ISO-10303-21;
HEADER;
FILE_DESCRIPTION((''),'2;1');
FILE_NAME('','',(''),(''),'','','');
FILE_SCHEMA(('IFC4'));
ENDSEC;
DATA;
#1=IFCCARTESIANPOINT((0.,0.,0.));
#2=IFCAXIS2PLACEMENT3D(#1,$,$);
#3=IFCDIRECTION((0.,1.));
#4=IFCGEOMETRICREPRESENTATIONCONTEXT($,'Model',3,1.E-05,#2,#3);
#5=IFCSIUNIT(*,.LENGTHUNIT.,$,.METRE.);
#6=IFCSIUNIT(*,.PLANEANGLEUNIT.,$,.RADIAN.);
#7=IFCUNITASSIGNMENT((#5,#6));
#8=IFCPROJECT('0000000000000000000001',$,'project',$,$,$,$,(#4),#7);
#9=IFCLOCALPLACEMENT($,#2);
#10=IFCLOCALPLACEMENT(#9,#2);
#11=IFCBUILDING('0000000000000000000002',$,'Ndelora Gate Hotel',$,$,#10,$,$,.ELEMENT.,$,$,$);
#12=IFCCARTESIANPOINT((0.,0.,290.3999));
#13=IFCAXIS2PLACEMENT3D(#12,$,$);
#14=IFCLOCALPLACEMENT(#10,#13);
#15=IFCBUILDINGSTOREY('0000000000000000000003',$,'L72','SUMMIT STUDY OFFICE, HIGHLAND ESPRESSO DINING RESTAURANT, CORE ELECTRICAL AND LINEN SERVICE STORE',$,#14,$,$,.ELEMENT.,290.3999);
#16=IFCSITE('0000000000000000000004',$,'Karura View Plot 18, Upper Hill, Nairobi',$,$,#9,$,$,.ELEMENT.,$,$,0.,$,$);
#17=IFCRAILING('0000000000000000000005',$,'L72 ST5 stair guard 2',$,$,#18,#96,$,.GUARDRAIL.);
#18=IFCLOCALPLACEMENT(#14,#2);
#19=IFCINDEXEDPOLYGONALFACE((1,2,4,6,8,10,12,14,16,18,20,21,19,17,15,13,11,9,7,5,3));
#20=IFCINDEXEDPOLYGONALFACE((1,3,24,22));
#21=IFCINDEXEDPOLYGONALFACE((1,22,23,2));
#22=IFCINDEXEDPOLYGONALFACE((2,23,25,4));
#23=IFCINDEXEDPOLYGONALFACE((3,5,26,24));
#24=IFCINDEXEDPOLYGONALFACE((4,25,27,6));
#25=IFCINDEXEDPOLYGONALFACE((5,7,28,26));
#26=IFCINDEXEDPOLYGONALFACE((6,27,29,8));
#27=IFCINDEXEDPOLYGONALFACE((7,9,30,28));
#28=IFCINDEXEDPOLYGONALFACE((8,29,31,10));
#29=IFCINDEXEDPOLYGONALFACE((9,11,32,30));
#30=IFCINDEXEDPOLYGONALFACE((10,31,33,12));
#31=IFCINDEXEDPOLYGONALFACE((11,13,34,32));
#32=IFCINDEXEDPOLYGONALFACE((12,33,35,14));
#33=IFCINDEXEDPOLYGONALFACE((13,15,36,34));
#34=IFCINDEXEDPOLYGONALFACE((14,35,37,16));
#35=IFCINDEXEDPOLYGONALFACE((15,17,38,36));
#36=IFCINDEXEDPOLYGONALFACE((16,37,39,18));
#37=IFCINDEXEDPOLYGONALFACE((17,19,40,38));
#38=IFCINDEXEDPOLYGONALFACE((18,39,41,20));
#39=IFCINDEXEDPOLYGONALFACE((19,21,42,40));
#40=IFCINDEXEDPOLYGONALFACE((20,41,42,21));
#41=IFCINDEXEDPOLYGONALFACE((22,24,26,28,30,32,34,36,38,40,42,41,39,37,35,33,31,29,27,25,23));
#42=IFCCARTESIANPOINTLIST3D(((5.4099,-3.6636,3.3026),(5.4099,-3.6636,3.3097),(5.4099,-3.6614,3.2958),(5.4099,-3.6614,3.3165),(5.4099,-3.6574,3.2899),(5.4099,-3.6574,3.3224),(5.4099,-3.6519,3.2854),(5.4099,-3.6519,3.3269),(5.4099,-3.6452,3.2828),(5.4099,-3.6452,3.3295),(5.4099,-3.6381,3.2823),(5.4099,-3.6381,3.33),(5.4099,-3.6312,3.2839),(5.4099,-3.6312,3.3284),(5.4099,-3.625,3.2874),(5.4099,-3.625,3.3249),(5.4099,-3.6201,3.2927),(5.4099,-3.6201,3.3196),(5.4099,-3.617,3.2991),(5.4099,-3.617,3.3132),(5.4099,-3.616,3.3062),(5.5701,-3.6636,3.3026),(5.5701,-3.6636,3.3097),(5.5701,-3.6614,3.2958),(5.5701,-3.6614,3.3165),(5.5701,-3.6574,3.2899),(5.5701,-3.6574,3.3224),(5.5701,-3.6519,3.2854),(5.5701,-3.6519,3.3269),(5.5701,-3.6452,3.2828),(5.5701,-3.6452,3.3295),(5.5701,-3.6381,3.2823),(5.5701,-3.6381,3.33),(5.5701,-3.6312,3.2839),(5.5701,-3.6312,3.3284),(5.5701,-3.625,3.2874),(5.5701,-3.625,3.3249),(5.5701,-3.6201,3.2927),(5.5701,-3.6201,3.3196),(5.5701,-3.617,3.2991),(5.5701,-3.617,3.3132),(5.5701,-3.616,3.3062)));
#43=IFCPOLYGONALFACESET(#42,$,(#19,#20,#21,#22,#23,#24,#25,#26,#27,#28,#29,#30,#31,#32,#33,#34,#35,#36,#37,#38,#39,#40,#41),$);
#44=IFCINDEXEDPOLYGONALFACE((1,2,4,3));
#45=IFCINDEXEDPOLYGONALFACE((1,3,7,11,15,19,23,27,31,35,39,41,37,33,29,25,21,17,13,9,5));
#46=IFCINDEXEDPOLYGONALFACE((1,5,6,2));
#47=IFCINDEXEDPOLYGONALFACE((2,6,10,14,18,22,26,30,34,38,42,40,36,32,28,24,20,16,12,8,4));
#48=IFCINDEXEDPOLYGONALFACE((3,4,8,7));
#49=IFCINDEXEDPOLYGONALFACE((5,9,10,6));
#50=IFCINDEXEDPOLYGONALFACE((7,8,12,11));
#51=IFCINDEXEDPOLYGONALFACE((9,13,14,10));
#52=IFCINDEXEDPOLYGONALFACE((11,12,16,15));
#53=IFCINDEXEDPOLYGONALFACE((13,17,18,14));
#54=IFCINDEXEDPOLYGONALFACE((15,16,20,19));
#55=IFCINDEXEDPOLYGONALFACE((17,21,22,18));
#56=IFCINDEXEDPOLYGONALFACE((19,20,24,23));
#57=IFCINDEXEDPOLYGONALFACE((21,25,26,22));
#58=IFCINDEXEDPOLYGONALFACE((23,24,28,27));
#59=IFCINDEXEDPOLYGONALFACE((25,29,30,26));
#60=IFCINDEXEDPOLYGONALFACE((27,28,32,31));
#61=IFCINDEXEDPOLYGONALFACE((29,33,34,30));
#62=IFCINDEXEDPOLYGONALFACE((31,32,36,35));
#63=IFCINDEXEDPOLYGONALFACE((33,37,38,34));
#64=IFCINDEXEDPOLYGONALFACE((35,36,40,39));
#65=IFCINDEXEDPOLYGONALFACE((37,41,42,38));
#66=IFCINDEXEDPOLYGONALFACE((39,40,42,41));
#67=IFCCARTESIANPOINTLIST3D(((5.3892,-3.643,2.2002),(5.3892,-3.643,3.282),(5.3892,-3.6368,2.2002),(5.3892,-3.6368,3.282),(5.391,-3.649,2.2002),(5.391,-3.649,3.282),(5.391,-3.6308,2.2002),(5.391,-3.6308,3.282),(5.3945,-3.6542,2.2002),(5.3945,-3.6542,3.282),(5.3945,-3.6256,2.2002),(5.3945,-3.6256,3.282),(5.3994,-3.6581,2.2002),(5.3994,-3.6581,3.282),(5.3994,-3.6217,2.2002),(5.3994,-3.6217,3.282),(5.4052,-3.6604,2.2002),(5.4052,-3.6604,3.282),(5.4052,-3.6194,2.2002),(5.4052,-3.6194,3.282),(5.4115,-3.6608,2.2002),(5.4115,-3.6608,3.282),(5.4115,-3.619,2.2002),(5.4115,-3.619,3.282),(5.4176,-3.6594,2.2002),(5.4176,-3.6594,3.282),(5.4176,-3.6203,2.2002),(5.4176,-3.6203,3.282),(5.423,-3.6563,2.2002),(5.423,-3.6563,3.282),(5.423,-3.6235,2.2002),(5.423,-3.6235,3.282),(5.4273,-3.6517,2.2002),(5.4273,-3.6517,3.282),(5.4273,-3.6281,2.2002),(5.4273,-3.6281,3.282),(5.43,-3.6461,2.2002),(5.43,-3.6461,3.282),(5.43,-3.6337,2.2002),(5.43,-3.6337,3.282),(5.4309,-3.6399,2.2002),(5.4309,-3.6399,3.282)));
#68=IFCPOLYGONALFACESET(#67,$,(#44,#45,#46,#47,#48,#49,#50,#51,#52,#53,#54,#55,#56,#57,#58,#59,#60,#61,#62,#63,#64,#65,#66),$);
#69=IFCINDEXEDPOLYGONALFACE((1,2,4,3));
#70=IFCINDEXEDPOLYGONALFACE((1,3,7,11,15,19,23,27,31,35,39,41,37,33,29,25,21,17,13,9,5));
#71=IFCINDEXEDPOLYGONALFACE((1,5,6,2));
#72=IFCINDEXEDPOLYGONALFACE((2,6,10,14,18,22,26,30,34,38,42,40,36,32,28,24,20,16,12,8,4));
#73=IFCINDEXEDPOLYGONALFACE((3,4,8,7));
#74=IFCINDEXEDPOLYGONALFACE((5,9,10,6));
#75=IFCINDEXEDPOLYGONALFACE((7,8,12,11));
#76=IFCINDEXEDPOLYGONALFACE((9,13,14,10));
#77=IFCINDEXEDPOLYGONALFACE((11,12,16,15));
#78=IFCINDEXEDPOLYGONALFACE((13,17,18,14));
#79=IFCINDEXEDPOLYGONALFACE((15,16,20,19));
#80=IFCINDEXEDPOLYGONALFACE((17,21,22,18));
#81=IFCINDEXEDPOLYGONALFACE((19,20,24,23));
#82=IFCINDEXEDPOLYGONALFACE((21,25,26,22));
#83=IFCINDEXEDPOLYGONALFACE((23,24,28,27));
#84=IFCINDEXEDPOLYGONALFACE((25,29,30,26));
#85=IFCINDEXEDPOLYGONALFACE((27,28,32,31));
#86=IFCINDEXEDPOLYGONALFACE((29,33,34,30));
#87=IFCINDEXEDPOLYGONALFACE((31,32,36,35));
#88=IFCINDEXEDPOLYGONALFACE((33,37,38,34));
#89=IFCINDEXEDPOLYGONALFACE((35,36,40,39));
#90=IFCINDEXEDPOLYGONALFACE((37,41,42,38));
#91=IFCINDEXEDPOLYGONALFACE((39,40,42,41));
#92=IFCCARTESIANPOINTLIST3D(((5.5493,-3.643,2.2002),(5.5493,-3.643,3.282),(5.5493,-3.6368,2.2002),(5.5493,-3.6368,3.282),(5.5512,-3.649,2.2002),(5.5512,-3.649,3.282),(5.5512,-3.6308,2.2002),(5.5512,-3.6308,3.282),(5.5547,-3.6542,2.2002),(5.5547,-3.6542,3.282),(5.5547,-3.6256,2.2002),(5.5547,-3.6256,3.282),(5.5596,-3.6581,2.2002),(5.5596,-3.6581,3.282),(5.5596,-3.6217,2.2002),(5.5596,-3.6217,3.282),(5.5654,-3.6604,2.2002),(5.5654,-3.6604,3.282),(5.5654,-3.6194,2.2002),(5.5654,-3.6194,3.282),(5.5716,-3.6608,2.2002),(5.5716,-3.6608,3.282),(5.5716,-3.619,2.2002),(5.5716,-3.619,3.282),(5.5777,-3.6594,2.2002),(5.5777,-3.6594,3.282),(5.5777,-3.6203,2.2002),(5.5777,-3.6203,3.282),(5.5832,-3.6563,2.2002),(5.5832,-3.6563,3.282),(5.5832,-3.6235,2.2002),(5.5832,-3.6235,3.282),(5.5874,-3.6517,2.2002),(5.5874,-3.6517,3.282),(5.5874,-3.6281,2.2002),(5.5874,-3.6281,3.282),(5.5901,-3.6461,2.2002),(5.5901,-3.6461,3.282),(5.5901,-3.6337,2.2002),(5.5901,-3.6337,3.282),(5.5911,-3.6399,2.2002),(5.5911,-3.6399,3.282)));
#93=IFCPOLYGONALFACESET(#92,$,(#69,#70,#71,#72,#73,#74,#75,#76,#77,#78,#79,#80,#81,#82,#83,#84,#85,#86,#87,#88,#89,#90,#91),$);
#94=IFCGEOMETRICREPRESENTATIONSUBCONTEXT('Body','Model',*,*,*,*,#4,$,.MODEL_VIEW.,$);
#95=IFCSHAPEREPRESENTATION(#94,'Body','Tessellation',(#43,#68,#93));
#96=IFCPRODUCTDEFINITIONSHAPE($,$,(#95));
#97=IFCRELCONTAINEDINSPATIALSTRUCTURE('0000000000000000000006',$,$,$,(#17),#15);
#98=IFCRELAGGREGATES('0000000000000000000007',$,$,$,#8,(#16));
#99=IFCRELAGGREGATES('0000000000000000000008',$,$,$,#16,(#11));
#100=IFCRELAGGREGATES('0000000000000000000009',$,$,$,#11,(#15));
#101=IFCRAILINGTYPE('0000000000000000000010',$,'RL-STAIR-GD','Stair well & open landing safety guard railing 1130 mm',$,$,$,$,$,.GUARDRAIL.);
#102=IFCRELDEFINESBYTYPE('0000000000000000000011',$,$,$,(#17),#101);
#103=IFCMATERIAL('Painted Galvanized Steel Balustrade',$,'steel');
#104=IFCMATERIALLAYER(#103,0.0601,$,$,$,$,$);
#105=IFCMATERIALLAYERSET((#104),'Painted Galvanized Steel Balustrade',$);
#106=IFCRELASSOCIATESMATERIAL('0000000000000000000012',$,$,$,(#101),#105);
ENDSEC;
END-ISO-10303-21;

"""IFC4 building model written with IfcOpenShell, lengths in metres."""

from ifc_helpers import new_model, si_unit, direction, frame, origin, origin_2d, place, context, subcontext, project, spatial, circle, extrude, material, layer, layer_set, type_object, element, save


model = new_model("IFC4")

# Units and contexts
model_context = context("Model", 3, precision=1e-05, world=origin(), true_north=direction((0.0, 1.0)))
body_context = subcontext(model_context, "Body", "Model", "MODEL_VIEW")
ifc_project = project(units=[si_unit("LENGTHUNIT", "METRE"), si_unit("PLANEANGLEUNIT", "RADIAN")], contexts=[model_context])

# Site, building, storey
site_placement = place(None, origin())
site = spatial("IfcSite", under=ifc_project, at=site_placement, Name="Karura View Plot 18, Upper Hill, Nairobi", CompositionType="ELEMENT", RefElevation=0.0)
building_placement = place(site_placement, origin())
building = spatial("IfcBuilding", under=site, at=building_placement, Name="Ndelora Gate Hotel", CompositionType="ELEMENT")
storey_placement = place(building_placement, frame((0.0, 0.0, 290.3999)))
storey = spatial("IfcBuildingStorey", under=building, at=storey_placement, Name="L72", Description="SUMMIT STUDY OFFICE, HIGHLAND ESPRESSO DINING RESTAURANT, CORE ELECTRICAL AND LINEN SERVICE STORE", CompositionType="ELEMENT", Elevation=290.3999)

# Railing
ifc_material_1 = material(Name="Painted Galvanized Steel Balustrade", Category="steel")
ifc_layer_1 = layer(ifc_material_1, 0.0601)
ifc_layer_set_1 = layer_set([ifc_layer_1], Name="Painted Galvanized Steel Balustrade")
railing_type_1 = type_object("IfcRailingType", Name="RL-STAIR-GD", Description="Stair well & open landing safety guard railing 1130 mm", PredefinedType="GUARDRAIL", material=ifc_layer_set_1)
railing_1_placement = place(storey_placement, frame((5.4099, -3.6399, 2.2002)))
element("IfcRailing", 1, at=railing_1_placement, inside=storey, type_object=railing_type_1, Name="L72 ST5 stair guard 2", PredefinedType="GUARDRAIL", context=body_context, shape_type="SweptSolid", body=[
    extrude(circle(Radius=0.0239, at=origin_2d()), frame((0.0, 0.0, 1.106), z_axis=(1.0, 0.0, 0.0), x_axis=(0.0, 1.0, 0.0)), (0.0, 0.0, 1.0), 0.1602),
    extrude(circle(Radius=0.021, at=origin_2d()), origin(), (0.0, 0.0, 1.0), 1.0818),
    extrude(circle(Radius=0.021, at=origin_2d()), frame((0.1602, 0.0, 0.0)), (0.0, 0.0, 1.0), 1.0818),
])

save(model, "model.ifc")
